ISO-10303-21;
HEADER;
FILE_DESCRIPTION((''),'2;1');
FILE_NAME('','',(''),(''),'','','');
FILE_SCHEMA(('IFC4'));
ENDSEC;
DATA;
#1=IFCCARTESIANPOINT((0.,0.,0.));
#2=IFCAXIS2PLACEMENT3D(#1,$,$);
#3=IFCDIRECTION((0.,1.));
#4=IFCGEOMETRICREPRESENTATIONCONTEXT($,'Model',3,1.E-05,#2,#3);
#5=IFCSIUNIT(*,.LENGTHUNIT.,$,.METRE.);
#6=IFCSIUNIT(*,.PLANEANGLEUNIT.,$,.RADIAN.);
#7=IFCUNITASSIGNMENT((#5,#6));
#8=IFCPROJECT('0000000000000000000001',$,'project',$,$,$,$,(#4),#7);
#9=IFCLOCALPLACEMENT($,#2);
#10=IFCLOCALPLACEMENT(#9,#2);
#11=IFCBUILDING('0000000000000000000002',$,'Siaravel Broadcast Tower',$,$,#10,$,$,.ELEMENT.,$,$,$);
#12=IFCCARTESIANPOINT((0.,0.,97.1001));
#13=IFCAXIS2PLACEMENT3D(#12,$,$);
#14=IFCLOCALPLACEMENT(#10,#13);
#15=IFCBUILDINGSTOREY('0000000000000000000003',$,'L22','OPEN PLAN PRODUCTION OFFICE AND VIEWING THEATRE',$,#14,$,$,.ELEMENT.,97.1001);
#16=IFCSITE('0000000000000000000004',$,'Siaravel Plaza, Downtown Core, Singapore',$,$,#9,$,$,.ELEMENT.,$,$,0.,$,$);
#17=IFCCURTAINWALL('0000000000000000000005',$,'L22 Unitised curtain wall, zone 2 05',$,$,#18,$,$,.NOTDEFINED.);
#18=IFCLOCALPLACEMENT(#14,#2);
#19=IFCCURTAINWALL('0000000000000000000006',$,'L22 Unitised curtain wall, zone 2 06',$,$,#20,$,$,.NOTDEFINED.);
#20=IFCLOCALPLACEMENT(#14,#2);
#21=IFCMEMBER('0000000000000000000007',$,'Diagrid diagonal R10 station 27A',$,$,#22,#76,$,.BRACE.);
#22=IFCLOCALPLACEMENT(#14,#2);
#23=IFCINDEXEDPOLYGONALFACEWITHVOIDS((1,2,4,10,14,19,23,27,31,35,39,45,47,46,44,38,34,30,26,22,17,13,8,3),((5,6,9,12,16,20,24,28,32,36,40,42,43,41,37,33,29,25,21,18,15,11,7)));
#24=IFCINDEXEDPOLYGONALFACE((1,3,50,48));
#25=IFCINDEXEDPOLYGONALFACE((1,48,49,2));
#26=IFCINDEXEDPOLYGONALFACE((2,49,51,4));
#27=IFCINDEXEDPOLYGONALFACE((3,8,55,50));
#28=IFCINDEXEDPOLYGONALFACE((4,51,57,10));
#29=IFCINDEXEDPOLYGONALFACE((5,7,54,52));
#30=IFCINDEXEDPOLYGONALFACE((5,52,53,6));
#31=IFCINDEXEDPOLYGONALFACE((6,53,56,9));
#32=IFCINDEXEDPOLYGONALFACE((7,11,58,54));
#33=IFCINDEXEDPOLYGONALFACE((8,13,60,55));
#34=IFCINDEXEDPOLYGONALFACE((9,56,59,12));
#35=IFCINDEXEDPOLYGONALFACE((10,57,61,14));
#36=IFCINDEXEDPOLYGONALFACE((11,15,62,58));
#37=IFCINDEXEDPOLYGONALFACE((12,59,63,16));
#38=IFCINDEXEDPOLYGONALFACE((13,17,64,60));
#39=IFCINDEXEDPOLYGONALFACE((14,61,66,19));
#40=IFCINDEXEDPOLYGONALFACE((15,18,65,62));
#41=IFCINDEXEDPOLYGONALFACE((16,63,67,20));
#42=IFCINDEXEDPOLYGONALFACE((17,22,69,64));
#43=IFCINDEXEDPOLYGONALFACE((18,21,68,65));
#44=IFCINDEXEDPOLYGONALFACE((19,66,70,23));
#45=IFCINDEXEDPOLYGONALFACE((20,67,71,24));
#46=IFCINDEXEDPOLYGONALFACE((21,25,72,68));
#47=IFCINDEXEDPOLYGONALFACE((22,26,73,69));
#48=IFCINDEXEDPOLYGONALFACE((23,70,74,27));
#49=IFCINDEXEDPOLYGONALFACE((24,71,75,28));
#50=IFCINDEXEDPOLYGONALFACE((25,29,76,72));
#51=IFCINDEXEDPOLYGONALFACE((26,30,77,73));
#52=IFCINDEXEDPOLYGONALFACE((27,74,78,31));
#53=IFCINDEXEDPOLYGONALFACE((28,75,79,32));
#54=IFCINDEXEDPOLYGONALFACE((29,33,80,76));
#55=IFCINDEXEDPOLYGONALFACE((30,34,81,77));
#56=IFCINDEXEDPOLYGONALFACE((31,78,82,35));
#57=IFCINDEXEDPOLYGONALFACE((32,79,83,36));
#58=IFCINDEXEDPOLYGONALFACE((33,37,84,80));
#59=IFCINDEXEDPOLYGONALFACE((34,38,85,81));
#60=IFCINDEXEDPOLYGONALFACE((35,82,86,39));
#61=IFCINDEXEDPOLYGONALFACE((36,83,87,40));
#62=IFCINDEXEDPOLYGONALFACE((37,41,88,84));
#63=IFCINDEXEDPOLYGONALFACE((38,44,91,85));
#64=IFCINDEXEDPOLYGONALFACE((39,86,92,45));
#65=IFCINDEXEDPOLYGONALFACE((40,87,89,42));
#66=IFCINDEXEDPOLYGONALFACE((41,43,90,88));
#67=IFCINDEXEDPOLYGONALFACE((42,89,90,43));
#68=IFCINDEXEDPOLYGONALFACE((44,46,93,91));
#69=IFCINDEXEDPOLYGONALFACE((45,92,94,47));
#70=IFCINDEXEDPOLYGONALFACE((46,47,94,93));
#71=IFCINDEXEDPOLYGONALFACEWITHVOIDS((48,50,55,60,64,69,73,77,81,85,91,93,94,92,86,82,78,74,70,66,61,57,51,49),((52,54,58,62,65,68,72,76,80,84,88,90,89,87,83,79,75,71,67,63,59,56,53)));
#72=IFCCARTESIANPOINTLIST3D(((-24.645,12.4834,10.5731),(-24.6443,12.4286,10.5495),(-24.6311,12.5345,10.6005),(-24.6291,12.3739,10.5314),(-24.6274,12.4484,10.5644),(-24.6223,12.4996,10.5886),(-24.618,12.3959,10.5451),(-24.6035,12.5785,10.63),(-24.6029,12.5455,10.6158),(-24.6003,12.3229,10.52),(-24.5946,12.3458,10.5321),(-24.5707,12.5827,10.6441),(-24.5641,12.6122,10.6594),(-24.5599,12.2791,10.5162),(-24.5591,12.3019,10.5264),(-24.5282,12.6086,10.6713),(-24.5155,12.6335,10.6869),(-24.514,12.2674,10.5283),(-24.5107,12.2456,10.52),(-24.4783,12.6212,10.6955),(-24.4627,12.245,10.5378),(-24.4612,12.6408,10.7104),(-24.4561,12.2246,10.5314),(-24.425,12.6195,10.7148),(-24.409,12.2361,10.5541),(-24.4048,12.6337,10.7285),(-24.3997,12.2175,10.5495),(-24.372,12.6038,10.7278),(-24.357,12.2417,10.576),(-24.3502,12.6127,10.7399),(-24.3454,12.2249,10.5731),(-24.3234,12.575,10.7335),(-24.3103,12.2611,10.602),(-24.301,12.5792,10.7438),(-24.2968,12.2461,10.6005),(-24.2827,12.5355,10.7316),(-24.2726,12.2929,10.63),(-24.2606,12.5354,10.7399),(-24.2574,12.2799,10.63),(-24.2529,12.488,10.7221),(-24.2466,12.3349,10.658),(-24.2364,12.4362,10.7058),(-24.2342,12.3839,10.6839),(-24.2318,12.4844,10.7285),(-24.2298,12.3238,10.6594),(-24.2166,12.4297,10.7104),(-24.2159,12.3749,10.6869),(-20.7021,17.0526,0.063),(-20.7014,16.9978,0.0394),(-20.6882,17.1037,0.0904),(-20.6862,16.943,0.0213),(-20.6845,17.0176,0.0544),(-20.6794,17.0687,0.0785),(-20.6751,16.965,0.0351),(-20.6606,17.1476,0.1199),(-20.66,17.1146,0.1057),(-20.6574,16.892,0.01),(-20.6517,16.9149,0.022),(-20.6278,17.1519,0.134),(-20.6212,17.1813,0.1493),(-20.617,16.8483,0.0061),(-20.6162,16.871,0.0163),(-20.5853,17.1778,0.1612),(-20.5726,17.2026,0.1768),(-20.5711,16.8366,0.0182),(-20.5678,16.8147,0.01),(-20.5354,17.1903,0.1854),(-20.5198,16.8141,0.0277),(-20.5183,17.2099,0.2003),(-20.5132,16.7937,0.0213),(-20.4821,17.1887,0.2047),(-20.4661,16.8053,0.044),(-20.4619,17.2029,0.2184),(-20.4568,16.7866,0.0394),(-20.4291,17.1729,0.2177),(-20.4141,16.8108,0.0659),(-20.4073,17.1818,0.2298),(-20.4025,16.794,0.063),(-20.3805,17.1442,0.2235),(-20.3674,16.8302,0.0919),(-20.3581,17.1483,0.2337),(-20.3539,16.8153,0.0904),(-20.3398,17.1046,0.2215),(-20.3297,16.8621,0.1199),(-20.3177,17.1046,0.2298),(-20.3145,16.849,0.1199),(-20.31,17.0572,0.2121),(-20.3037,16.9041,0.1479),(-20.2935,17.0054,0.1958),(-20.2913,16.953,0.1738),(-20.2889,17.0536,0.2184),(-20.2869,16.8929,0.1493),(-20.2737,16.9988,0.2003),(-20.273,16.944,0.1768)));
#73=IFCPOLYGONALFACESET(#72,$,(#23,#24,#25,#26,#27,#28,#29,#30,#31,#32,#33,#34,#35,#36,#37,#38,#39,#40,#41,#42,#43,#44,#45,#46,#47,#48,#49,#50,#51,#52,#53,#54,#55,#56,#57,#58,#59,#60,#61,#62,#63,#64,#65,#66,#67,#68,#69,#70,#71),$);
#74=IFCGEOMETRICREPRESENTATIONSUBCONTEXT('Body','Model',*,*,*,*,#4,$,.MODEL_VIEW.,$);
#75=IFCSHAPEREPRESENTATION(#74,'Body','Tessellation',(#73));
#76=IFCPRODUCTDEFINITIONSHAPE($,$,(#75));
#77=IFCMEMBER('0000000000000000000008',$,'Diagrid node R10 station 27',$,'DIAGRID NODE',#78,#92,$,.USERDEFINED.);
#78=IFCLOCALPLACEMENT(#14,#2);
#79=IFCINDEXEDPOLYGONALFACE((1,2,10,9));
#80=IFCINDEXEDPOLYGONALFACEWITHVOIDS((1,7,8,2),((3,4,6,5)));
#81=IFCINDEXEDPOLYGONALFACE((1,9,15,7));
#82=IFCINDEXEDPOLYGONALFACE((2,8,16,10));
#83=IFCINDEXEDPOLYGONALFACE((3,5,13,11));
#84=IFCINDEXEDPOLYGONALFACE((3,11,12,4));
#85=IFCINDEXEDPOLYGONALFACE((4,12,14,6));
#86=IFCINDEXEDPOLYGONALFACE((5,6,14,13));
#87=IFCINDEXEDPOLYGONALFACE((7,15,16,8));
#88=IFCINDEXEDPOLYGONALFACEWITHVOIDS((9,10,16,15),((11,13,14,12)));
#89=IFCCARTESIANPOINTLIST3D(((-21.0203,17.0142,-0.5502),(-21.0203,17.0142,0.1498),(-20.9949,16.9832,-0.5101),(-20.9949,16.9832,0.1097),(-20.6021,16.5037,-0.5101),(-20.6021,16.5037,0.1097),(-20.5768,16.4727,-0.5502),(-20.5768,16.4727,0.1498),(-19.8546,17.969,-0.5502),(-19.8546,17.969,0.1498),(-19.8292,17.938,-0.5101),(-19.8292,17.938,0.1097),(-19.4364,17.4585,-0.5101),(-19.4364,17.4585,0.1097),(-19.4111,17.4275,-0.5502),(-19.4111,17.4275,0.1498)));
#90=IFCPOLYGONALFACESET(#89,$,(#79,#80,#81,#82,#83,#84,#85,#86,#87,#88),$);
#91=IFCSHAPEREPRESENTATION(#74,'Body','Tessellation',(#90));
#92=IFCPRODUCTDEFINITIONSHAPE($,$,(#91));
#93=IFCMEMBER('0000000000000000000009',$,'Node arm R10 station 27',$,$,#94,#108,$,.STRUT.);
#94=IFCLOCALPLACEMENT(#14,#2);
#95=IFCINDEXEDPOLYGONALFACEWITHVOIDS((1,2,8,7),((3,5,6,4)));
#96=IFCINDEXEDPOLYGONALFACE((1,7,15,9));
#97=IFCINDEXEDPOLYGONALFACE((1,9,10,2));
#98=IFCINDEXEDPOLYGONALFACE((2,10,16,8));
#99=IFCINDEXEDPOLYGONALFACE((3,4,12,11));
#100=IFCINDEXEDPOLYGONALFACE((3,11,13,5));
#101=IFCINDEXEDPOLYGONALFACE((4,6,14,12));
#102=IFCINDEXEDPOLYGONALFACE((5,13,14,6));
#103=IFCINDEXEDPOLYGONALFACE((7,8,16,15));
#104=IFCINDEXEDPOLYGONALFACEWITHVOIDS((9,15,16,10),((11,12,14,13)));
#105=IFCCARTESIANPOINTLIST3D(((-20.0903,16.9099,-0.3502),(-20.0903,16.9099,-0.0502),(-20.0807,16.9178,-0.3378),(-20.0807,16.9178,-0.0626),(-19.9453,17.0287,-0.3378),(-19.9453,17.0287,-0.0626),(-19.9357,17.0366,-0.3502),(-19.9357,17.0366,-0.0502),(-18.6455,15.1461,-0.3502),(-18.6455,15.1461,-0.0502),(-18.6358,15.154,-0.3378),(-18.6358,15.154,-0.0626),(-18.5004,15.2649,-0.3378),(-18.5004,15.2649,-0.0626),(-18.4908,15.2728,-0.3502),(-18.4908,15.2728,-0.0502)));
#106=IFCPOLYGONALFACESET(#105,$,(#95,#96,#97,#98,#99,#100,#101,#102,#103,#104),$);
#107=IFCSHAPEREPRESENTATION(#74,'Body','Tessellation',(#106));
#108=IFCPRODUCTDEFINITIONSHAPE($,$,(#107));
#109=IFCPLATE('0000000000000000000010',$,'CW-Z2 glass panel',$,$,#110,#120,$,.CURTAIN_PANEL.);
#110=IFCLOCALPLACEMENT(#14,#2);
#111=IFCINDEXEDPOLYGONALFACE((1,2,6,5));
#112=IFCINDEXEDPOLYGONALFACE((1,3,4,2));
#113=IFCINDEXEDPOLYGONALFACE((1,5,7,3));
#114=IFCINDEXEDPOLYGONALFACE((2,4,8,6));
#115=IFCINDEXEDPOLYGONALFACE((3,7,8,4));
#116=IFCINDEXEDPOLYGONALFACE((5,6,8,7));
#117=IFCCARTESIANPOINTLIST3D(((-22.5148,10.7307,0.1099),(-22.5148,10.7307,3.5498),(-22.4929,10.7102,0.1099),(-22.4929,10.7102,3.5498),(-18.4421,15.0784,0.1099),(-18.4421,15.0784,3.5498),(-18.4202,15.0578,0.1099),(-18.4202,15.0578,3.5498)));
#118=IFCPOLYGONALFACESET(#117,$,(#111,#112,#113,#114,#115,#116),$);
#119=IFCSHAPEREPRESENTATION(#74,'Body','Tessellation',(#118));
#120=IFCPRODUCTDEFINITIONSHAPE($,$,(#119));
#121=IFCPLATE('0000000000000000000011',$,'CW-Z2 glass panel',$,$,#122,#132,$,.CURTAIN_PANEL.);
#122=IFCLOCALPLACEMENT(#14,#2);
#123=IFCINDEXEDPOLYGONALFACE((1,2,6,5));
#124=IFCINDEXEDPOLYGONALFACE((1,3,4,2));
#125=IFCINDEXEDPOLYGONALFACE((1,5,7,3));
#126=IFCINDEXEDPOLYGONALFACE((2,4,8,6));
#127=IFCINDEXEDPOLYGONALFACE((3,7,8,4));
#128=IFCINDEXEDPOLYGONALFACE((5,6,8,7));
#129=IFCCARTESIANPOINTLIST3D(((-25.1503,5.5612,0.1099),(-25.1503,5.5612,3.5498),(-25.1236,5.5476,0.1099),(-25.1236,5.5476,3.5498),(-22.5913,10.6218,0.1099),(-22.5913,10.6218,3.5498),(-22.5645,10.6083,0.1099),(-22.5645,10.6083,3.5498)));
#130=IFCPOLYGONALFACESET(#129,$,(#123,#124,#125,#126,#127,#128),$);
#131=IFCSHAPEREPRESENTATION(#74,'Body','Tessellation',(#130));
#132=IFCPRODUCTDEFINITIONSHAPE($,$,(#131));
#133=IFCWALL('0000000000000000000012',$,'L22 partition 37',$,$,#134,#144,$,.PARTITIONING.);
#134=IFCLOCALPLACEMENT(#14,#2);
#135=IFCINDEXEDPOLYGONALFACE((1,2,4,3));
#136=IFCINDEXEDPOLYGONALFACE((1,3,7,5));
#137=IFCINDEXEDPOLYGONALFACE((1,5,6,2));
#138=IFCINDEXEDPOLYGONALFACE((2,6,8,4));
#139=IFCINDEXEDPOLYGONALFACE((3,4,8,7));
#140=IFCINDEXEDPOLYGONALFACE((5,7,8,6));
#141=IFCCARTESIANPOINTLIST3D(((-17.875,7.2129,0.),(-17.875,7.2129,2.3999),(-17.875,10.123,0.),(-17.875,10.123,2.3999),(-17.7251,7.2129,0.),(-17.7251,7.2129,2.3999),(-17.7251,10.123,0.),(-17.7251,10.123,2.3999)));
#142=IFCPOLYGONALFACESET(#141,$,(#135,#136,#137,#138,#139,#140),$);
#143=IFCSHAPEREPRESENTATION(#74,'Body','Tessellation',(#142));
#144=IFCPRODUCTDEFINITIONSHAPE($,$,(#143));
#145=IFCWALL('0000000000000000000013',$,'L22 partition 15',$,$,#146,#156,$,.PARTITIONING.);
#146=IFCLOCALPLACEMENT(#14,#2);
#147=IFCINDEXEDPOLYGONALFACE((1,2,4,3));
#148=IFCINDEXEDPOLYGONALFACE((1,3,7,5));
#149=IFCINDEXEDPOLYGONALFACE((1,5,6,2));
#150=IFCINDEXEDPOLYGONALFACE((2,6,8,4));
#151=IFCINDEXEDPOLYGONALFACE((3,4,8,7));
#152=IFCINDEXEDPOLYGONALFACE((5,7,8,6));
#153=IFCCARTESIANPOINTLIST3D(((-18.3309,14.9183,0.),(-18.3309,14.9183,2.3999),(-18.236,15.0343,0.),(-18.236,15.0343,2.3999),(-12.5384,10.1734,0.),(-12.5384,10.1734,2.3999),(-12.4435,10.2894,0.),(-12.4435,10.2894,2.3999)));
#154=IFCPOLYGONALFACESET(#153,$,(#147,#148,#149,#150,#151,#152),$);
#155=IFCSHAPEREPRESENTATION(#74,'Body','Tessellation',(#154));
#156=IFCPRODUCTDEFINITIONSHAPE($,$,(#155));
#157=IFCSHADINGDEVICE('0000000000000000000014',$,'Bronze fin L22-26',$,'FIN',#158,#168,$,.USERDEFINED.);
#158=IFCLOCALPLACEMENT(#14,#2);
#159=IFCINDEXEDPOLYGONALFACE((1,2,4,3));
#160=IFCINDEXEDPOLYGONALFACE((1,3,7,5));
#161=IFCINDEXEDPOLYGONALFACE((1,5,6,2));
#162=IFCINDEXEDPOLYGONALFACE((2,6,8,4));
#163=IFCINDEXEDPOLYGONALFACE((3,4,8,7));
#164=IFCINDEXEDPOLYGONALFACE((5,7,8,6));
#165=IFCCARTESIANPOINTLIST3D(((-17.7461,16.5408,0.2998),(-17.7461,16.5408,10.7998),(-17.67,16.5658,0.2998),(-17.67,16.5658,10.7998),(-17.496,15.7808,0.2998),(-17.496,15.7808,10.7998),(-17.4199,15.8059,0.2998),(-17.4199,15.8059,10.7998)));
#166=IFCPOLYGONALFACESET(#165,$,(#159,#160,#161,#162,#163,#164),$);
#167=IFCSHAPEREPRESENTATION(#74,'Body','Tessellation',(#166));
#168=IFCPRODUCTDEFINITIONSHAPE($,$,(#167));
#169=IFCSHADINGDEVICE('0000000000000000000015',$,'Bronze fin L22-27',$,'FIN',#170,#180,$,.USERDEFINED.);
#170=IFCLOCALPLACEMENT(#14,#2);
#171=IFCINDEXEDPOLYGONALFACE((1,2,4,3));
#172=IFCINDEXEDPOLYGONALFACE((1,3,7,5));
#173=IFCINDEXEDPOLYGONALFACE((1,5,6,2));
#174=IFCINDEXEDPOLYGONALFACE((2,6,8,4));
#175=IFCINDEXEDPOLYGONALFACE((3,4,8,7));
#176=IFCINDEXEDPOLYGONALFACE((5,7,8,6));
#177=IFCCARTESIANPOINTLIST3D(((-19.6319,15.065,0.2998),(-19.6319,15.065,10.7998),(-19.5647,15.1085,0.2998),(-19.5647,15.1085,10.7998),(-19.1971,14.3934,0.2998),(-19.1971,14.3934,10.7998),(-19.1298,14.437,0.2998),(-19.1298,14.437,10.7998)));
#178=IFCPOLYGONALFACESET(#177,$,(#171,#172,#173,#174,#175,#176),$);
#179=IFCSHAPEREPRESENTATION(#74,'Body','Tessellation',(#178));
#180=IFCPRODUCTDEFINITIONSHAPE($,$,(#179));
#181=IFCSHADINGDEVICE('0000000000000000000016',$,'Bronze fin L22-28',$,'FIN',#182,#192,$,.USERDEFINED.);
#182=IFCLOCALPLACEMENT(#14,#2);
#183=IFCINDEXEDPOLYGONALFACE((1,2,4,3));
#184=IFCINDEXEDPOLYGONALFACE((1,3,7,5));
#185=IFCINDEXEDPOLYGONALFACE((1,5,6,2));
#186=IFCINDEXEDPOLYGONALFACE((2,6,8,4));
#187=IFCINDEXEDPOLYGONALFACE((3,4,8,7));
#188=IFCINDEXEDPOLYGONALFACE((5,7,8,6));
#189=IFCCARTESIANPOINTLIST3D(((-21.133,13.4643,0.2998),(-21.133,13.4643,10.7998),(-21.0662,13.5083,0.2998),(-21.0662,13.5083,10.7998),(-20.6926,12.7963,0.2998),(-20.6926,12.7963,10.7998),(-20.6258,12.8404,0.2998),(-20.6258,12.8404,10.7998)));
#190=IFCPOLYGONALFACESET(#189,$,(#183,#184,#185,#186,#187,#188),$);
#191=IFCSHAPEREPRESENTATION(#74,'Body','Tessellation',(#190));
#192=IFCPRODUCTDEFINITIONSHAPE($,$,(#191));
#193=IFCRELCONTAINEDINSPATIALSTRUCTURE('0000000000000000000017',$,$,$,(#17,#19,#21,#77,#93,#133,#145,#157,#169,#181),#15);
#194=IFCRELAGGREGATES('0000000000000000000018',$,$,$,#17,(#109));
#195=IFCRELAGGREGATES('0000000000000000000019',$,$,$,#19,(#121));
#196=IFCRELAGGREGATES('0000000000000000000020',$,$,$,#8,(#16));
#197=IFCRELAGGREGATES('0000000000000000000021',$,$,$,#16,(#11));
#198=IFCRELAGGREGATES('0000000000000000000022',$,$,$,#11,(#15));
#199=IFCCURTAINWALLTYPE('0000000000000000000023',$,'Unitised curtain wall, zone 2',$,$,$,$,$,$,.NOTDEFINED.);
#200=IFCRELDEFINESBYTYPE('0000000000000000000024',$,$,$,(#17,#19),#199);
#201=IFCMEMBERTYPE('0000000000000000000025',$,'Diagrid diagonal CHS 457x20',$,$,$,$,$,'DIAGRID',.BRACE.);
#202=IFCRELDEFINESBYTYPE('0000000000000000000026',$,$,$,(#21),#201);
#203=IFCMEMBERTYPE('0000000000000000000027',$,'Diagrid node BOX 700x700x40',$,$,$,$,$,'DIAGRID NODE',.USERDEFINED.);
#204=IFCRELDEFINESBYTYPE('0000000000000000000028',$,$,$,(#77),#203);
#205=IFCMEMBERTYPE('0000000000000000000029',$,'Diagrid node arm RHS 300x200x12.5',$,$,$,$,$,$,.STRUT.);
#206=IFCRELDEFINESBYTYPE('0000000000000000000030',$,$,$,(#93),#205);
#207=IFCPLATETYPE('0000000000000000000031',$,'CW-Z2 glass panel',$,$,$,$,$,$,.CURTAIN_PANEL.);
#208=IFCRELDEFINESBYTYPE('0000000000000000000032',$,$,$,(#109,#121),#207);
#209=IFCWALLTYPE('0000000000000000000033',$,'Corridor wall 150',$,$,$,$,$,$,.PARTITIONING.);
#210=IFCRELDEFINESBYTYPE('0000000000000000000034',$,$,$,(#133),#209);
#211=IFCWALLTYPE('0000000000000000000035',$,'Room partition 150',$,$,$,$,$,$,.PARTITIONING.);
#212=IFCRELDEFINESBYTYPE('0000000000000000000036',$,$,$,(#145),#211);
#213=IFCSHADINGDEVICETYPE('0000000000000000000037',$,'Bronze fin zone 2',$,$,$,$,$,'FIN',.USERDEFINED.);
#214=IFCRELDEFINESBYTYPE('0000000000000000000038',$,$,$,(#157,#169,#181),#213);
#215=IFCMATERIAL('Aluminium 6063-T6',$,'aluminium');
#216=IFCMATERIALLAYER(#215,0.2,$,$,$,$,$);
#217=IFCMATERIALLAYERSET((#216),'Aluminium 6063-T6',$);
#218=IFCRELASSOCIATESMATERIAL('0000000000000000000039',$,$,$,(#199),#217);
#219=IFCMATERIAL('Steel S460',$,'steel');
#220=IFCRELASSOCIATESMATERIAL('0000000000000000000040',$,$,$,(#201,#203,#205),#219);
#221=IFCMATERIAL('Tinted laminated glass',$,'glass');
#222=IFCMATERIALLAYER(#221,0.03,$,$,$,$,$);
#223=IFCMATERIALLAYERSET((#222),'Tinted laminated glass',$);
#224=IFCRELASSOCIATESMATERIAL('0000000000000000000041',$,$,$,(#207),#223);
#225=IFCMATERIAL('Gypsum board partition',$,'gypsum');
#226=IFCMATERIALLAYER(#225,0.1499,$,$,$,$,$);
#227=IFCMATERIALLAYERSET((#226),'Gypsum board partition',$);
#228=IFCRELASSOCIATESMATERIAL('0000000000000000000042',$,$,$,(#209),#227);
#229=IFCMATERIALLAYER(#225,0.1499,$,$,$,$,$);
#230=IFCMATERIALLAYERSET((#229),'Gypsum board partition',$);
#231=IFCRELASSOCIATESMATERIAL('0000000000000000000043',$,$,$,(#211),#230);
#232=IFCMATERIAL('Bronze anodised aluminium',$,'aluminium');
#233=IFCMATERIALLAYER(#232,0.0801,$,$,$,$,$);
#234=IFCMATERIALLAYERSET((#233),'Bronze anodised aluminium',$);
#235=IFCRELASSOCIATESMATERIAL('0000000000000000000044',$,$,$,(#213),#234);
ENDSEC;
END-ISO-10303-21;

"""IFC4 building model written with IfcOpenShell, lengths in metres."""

from ifc_helpers import new_model, si_unit, direction, frame, frame_2d, origin, origin_2d, place, context, subcontext, project, spatial, rectangle, hollow_rectangle, hollow_circle, extrude, material, layer, layer_set, material_profile, profile_set, type_object, element, aggregate, save


model = new_model("IFC4")

# Units and contexts
model_context = context("Model", 3, precision=1e-05, world=origin(), true_north=direction((0.0, 1.0)))
body_context = subcontext(model_context, "Body", "Model", "MODEL_VIEW")
ifc_project = project(units=[si_unit("LENGTHUNIT", "METRE"), si_unit("PLANEANGLEUNIT", "RADIAN")], contexts=[model_context])

# Site, building, storey
site_placement = place(None, origin())
site = spatial("IfcSite", under=ifc_project, at=site_placement, Name="Siaravel Plaza, Downtown Core, Singapore", CompositionType="ELEMENT", RefElevation=0.0)
building_placement = place(site_placement, origin())
building = spatial("IfcBuilding", under=site, at=building_placement, Name="Siaravel Broadcast Tower", CompositionType="ELEMENT")
storey_placement = place(building_placement, frame((0.0, 0.0, 97.1001)))
storey = spatial("IfcBuildingStorey", under=building, at=storey_placement, Name="L22", Description="OPEN PLAN PRODUCTION OFFICE AND VIEWING THEATRE", CompositionType="ELEMENT", Elevation=97.1001)

# Curtain wall
ifc_material_1 = material(Name="Aluminium 6063-T6", Category="aluminium")
ifc_layer_1 = layer(ifc_material_1, 0.2)
ifc_layer_set_1 = layer_set([ifc_layer_1], Name="Aluminium 6063-T6")
curtain_wall_type = type_object("IfcCurtainWallType", Name="Unitised curtain wall, zone 2", PredefinedType="NOTDEFINED", material=ifc_layer_set_1)
curtain_wall_1_placement = place(storey_placement, origin())
curtain_wall_1 = element("IfcCurtainWall", 1, at=curtain_wall_1_placement, inside=storey, type_object=curtain_wall_type, Name="L22 Unitised curtain wall, zone 2 05", PredefinedType="NOTDEFINED")

# Curtain wall
curtain_wall_2_placement = place(storey_placement, origin())
curtain_wall_2 = element("IfcCurtainWall", 2, at=curtain_wall_2_placement, inside=storey, type_object=curtain_wall_type, Name="L22 Unitised curtain wall, zone 2 06", PredefinedType="NOTDEFINED")

# Members
ifc_material_2 = material(Name="Steel S460", Category="steel")
ifc_material_profile_1 = material_profile(ifc_material_2, hollow_circle(Radius=0.2285, WallThickness=0.02, at=origin_2d()))
ifc_profile_set_1 = profile_set([ifc_material_profile_1], Name="Steel S460")
member_type_1 = type_object("IfcMemberType", Name="Diagrid diagonal CHS 457x20", ElementType="DIAGRID", PredefinedType="BRACE", material=ifc_profile_set_1)
member_1_placement = place(storey_placement, frame((-20.4875, 16.9983, 0.1199), z_axis=(-0.325332, -0.377002, 0.867196), x_axis=(0.757082, -0.65332, 0.0)))
element("IfcMember", 3, at=member_1_placement, inside=storey, type_object=member_type_1, Name="Diagrid diagonal R10 station 27A", PredefinedType="BRACE", context=body_context, shape_type="SweptSolid", body=[
    extrude(hollow_circle(Radius=0.2285, WallThickness=0.02, at=origin_2d()), origin(), (0.0, 0.0, 1.0), 12.1196),
])
ifc_material_profile_2 = material_profile(ifc_material_2, hollow_rectangle(XDim=0.7, YDim=0.7, WallThickness=0.04, at=origin_2d()))
ifc_profile_set_2 = profile_set([ifc_material_profile_2], Name="Steel S460")
member_type_2 = type_object("IfcMemberType", Name="Diagrid node BOX 700x700x40", ElementType="DIAGRID NODE", PredefinedType="USERDEFINED", material=ifc_profile_set_2)
member_2_placement = place(storey_placement, frame((-19.6328, 17.6982, -0.2002), z_axis=(-0.773625, -0.633644, 0.0), x_axis=(0.633644, -0.773625, 0.0)))
element("IfcMember", 4, at=member_2_placement, inside=storey, type_object=member_type_2, Name="Diagrid node R10 station 27", ObjectType="DIAGRID NODE", PredefinedType="USERDEFINED", context=body_context, shape_type="SweptSolid", body=[
    extrude(hollow_rectangle(XDim=0.7, YDim=0.7, WallThickness=0.04, at=origin_2d()), origin(), (0.0, 0.0, 1.0), 1.5068),
])
ifc_material_profile_3 = material_profile(ifc_material_2, hollow_rectangle(XDim=0.2, YDim=0.3, WallThickness=0.0125, at=origin_2d()))
ifc_profile_set_3 = profile_set([ifc_material_profile_3], Name="Steel S460")
member_type_3 = type_object("IfcMemberType", Name="Diagrid node arm RHS 300x200x12.5", PredefinedType="STRUT", material=ifc_profile_set_3)
member_3_placement = place(storey_placement, frame((-18.5681, 15.2095, -0.2002), z_axis=(-0.633716, 0.773566, 0.0), x_axis=(-0.773566, -0.633716, 0.0)))
element("IfcMember", 5, at=member_3_placement, inside=storey, type_object=member_type_3, Name="Node arm R10 station 27", PredefinedType="STRUT", context=body_context, shape_type="SweptSolid", body=[
    extrude(hollow_rectangle(XDim=0.2, YDim=0.3, WallThickness=0.0125, at=origin_2d()), origin(), (0.0, 0.0, 1.0), 2.28),
])

# Plates
ifc_material_3 = material(Name="Tinted laminated glass", Category="glass")
ifc_layer_2 = layer(ifc_material_3, 0.03)
ifc_layer_set_2 = layer_set([ifc_layer_2], Name="Tinted laminated glass")
plate_type = type_object("IfcPlateType", Name="CW-Z2 glass panel", PredefinedType="CURTAIN_PANEL", material=ifc_layer_set_2)
plate_1_placement = place(storey_placement, frame((-20.4675, 12.8943, 0.1099), z_axis=(0.0, 0.0, 1.0), x_axis=(-0.683656, -0.729805, 0.0)))
plate_1 = element("IfcPlate", 6, at=plate_1_placement, type_object=plate_type, Name="CW-Z2 glass panel", PredefinedType="CURTAIN_PANEL", context=body_context, shape_type="SweptSolid", body=[
    extrude(rectangle(XDim=5.9573, YDim=0.03, at=origin_2d()), origin(), (0.0, 0.0, 1.0), 3.4399),
])
aggregate(curtain_wall_1, [plate_1])
plate_2_placement = place(storey_placement, frame((-23.8574, 8.0847, 0.1099), z_axis=(0.0, 0.0, 1.0), x_axis=(-0.451261, -0.892392, 0.0)))
plate_2 = element("IfcPlate", 7, at=plate_2_placement, type_object=plate_type, Name="CW-Z2 glass panel", PredefinedType="CURTAIN_PANEL", context=body_context, shape_type="SweptSolid", body=[
    extrude(rectangle(XDim=5.6709, YDim=0.03, at=origin_2d()), origin(), (0.0, 0.0, 1.0), 3.4399),
])
aggregate(curtain_wall_2, [plate_2])

# Walls
ifc_material_4 = material(Name="Gypsum board partition", Category="gypsum")
ifc_layer_3 = layer(ifc_material_4, 0.1499)
ifc_layer_set_3 = layer_set([ifc_layer_3], Name="Gypsum board partition")
wall_type_1 = type_object("IfcWallType", Name="Corridor wall 150", PredefinedType="PARTITIONING", material=ifc_layer_set_3)
wall_1_placement = place(storey_placement, frame((-17.8, 10.123, 0.0), z_axis=(0.0, 0.0, 1.0), x_axis=(0.0, -1.0, 0.0)))
element("IfcWall", 8, at=wall_1_placement, inside=storey, type_object=wall_type_1, Name="L22 partition 37", PredefinedType="PARTITIONING", context=body_context, shape_type="SweptSolid", body=[
    extrude(rectangle(XDim=2.9102, YDim=0.1499, at=frame_2d((1.4551, 0.0))), origin(), (0.0, 0.0, 1.0), 2.3999),
])
ifc_layer_4 = layer(ifc_material_4, 0.1499)
ifc_layer_set_4 = layer_set([ifc_layer_4], Name="Gypsum board partition")
wall_type_2 = type_object("IfcWallType", Name="Room partition 150", PredefinedType="PARTITIONING", material=ifc_layer_set_4)
wall_2_placement = place(storey_placement, frame((-18.2834, 14.9763, 0.0), z_axis=(0.0, 0.0, 1.0), x_axis=(0.773593, -0.633683, 0.0)))
element("IfcWall", 9, at=wall_2_placement, inside=storey, type_object=wall_type_2, Name="L22 partition 15", PredefinedType="PARTITIONING", context=body_context, shape_type="SweptSolid", body=[
    extrude(rectangle(XDim=7.4878, YDim=0.1499, at=frame_2d((3.7439, 0.0))), origin(), (0.0, 0.0, 1.0), 2.3999),
])

# Shading devices
ifc_material_5 = material(Name="Bronze anodised aluminium", Category="aluminium")
ifc_layer_5 = layer(ifc_material_5, 0.0801)
ifc_layer_set_5 = layer_set([ifc_layer_5], Name="Bronze anodised aluminium")
shading_device_type = type_object("IfcShadingDeviceType", Name="Bronze fin zone 2", ElementType="FIN", PredefinedType="USERDEFINED", material=ifc_layer_set_5)
for number, where, z_axis, x_axis, name in (
    (10, (-17.583, 16.1733, 0.2998), (0.0, 0.0, 1.0), (-0.312613, 0.94988, 0.0), "Bronze fin L22-26"),
    (11, (-19.3809, 14.751, 0.2998), (0.0, 0.0, 1.0), (-0.543492, 0.839414, 0.0), "Bronze fin L22-27"),
    (12, (-20.8794, 13.1523, 0.2998), (0.0, 0.0, 1.0), (-0.550466, 0.834857, 0.0), "Bronze fin L22-28"),
):
    element("IfcShadingDevice", number, at=place(storey_placement, frame(where, z_axis=z_axis, x_axis=x_axis)), inside=storey, type_object=shading_device_type, Name=name, ObjectType="FIN", PredefinedType="USERDEFINED", context=body_context, shape_type="SweptSolid", body=[
        extrude(rectangle(XDim=0.8, YDim=0.0801, at=origin_2d()), origin(), (0.0, 0.0, 1.0), 10.5),
    ])

save(model, "model.ifc")
